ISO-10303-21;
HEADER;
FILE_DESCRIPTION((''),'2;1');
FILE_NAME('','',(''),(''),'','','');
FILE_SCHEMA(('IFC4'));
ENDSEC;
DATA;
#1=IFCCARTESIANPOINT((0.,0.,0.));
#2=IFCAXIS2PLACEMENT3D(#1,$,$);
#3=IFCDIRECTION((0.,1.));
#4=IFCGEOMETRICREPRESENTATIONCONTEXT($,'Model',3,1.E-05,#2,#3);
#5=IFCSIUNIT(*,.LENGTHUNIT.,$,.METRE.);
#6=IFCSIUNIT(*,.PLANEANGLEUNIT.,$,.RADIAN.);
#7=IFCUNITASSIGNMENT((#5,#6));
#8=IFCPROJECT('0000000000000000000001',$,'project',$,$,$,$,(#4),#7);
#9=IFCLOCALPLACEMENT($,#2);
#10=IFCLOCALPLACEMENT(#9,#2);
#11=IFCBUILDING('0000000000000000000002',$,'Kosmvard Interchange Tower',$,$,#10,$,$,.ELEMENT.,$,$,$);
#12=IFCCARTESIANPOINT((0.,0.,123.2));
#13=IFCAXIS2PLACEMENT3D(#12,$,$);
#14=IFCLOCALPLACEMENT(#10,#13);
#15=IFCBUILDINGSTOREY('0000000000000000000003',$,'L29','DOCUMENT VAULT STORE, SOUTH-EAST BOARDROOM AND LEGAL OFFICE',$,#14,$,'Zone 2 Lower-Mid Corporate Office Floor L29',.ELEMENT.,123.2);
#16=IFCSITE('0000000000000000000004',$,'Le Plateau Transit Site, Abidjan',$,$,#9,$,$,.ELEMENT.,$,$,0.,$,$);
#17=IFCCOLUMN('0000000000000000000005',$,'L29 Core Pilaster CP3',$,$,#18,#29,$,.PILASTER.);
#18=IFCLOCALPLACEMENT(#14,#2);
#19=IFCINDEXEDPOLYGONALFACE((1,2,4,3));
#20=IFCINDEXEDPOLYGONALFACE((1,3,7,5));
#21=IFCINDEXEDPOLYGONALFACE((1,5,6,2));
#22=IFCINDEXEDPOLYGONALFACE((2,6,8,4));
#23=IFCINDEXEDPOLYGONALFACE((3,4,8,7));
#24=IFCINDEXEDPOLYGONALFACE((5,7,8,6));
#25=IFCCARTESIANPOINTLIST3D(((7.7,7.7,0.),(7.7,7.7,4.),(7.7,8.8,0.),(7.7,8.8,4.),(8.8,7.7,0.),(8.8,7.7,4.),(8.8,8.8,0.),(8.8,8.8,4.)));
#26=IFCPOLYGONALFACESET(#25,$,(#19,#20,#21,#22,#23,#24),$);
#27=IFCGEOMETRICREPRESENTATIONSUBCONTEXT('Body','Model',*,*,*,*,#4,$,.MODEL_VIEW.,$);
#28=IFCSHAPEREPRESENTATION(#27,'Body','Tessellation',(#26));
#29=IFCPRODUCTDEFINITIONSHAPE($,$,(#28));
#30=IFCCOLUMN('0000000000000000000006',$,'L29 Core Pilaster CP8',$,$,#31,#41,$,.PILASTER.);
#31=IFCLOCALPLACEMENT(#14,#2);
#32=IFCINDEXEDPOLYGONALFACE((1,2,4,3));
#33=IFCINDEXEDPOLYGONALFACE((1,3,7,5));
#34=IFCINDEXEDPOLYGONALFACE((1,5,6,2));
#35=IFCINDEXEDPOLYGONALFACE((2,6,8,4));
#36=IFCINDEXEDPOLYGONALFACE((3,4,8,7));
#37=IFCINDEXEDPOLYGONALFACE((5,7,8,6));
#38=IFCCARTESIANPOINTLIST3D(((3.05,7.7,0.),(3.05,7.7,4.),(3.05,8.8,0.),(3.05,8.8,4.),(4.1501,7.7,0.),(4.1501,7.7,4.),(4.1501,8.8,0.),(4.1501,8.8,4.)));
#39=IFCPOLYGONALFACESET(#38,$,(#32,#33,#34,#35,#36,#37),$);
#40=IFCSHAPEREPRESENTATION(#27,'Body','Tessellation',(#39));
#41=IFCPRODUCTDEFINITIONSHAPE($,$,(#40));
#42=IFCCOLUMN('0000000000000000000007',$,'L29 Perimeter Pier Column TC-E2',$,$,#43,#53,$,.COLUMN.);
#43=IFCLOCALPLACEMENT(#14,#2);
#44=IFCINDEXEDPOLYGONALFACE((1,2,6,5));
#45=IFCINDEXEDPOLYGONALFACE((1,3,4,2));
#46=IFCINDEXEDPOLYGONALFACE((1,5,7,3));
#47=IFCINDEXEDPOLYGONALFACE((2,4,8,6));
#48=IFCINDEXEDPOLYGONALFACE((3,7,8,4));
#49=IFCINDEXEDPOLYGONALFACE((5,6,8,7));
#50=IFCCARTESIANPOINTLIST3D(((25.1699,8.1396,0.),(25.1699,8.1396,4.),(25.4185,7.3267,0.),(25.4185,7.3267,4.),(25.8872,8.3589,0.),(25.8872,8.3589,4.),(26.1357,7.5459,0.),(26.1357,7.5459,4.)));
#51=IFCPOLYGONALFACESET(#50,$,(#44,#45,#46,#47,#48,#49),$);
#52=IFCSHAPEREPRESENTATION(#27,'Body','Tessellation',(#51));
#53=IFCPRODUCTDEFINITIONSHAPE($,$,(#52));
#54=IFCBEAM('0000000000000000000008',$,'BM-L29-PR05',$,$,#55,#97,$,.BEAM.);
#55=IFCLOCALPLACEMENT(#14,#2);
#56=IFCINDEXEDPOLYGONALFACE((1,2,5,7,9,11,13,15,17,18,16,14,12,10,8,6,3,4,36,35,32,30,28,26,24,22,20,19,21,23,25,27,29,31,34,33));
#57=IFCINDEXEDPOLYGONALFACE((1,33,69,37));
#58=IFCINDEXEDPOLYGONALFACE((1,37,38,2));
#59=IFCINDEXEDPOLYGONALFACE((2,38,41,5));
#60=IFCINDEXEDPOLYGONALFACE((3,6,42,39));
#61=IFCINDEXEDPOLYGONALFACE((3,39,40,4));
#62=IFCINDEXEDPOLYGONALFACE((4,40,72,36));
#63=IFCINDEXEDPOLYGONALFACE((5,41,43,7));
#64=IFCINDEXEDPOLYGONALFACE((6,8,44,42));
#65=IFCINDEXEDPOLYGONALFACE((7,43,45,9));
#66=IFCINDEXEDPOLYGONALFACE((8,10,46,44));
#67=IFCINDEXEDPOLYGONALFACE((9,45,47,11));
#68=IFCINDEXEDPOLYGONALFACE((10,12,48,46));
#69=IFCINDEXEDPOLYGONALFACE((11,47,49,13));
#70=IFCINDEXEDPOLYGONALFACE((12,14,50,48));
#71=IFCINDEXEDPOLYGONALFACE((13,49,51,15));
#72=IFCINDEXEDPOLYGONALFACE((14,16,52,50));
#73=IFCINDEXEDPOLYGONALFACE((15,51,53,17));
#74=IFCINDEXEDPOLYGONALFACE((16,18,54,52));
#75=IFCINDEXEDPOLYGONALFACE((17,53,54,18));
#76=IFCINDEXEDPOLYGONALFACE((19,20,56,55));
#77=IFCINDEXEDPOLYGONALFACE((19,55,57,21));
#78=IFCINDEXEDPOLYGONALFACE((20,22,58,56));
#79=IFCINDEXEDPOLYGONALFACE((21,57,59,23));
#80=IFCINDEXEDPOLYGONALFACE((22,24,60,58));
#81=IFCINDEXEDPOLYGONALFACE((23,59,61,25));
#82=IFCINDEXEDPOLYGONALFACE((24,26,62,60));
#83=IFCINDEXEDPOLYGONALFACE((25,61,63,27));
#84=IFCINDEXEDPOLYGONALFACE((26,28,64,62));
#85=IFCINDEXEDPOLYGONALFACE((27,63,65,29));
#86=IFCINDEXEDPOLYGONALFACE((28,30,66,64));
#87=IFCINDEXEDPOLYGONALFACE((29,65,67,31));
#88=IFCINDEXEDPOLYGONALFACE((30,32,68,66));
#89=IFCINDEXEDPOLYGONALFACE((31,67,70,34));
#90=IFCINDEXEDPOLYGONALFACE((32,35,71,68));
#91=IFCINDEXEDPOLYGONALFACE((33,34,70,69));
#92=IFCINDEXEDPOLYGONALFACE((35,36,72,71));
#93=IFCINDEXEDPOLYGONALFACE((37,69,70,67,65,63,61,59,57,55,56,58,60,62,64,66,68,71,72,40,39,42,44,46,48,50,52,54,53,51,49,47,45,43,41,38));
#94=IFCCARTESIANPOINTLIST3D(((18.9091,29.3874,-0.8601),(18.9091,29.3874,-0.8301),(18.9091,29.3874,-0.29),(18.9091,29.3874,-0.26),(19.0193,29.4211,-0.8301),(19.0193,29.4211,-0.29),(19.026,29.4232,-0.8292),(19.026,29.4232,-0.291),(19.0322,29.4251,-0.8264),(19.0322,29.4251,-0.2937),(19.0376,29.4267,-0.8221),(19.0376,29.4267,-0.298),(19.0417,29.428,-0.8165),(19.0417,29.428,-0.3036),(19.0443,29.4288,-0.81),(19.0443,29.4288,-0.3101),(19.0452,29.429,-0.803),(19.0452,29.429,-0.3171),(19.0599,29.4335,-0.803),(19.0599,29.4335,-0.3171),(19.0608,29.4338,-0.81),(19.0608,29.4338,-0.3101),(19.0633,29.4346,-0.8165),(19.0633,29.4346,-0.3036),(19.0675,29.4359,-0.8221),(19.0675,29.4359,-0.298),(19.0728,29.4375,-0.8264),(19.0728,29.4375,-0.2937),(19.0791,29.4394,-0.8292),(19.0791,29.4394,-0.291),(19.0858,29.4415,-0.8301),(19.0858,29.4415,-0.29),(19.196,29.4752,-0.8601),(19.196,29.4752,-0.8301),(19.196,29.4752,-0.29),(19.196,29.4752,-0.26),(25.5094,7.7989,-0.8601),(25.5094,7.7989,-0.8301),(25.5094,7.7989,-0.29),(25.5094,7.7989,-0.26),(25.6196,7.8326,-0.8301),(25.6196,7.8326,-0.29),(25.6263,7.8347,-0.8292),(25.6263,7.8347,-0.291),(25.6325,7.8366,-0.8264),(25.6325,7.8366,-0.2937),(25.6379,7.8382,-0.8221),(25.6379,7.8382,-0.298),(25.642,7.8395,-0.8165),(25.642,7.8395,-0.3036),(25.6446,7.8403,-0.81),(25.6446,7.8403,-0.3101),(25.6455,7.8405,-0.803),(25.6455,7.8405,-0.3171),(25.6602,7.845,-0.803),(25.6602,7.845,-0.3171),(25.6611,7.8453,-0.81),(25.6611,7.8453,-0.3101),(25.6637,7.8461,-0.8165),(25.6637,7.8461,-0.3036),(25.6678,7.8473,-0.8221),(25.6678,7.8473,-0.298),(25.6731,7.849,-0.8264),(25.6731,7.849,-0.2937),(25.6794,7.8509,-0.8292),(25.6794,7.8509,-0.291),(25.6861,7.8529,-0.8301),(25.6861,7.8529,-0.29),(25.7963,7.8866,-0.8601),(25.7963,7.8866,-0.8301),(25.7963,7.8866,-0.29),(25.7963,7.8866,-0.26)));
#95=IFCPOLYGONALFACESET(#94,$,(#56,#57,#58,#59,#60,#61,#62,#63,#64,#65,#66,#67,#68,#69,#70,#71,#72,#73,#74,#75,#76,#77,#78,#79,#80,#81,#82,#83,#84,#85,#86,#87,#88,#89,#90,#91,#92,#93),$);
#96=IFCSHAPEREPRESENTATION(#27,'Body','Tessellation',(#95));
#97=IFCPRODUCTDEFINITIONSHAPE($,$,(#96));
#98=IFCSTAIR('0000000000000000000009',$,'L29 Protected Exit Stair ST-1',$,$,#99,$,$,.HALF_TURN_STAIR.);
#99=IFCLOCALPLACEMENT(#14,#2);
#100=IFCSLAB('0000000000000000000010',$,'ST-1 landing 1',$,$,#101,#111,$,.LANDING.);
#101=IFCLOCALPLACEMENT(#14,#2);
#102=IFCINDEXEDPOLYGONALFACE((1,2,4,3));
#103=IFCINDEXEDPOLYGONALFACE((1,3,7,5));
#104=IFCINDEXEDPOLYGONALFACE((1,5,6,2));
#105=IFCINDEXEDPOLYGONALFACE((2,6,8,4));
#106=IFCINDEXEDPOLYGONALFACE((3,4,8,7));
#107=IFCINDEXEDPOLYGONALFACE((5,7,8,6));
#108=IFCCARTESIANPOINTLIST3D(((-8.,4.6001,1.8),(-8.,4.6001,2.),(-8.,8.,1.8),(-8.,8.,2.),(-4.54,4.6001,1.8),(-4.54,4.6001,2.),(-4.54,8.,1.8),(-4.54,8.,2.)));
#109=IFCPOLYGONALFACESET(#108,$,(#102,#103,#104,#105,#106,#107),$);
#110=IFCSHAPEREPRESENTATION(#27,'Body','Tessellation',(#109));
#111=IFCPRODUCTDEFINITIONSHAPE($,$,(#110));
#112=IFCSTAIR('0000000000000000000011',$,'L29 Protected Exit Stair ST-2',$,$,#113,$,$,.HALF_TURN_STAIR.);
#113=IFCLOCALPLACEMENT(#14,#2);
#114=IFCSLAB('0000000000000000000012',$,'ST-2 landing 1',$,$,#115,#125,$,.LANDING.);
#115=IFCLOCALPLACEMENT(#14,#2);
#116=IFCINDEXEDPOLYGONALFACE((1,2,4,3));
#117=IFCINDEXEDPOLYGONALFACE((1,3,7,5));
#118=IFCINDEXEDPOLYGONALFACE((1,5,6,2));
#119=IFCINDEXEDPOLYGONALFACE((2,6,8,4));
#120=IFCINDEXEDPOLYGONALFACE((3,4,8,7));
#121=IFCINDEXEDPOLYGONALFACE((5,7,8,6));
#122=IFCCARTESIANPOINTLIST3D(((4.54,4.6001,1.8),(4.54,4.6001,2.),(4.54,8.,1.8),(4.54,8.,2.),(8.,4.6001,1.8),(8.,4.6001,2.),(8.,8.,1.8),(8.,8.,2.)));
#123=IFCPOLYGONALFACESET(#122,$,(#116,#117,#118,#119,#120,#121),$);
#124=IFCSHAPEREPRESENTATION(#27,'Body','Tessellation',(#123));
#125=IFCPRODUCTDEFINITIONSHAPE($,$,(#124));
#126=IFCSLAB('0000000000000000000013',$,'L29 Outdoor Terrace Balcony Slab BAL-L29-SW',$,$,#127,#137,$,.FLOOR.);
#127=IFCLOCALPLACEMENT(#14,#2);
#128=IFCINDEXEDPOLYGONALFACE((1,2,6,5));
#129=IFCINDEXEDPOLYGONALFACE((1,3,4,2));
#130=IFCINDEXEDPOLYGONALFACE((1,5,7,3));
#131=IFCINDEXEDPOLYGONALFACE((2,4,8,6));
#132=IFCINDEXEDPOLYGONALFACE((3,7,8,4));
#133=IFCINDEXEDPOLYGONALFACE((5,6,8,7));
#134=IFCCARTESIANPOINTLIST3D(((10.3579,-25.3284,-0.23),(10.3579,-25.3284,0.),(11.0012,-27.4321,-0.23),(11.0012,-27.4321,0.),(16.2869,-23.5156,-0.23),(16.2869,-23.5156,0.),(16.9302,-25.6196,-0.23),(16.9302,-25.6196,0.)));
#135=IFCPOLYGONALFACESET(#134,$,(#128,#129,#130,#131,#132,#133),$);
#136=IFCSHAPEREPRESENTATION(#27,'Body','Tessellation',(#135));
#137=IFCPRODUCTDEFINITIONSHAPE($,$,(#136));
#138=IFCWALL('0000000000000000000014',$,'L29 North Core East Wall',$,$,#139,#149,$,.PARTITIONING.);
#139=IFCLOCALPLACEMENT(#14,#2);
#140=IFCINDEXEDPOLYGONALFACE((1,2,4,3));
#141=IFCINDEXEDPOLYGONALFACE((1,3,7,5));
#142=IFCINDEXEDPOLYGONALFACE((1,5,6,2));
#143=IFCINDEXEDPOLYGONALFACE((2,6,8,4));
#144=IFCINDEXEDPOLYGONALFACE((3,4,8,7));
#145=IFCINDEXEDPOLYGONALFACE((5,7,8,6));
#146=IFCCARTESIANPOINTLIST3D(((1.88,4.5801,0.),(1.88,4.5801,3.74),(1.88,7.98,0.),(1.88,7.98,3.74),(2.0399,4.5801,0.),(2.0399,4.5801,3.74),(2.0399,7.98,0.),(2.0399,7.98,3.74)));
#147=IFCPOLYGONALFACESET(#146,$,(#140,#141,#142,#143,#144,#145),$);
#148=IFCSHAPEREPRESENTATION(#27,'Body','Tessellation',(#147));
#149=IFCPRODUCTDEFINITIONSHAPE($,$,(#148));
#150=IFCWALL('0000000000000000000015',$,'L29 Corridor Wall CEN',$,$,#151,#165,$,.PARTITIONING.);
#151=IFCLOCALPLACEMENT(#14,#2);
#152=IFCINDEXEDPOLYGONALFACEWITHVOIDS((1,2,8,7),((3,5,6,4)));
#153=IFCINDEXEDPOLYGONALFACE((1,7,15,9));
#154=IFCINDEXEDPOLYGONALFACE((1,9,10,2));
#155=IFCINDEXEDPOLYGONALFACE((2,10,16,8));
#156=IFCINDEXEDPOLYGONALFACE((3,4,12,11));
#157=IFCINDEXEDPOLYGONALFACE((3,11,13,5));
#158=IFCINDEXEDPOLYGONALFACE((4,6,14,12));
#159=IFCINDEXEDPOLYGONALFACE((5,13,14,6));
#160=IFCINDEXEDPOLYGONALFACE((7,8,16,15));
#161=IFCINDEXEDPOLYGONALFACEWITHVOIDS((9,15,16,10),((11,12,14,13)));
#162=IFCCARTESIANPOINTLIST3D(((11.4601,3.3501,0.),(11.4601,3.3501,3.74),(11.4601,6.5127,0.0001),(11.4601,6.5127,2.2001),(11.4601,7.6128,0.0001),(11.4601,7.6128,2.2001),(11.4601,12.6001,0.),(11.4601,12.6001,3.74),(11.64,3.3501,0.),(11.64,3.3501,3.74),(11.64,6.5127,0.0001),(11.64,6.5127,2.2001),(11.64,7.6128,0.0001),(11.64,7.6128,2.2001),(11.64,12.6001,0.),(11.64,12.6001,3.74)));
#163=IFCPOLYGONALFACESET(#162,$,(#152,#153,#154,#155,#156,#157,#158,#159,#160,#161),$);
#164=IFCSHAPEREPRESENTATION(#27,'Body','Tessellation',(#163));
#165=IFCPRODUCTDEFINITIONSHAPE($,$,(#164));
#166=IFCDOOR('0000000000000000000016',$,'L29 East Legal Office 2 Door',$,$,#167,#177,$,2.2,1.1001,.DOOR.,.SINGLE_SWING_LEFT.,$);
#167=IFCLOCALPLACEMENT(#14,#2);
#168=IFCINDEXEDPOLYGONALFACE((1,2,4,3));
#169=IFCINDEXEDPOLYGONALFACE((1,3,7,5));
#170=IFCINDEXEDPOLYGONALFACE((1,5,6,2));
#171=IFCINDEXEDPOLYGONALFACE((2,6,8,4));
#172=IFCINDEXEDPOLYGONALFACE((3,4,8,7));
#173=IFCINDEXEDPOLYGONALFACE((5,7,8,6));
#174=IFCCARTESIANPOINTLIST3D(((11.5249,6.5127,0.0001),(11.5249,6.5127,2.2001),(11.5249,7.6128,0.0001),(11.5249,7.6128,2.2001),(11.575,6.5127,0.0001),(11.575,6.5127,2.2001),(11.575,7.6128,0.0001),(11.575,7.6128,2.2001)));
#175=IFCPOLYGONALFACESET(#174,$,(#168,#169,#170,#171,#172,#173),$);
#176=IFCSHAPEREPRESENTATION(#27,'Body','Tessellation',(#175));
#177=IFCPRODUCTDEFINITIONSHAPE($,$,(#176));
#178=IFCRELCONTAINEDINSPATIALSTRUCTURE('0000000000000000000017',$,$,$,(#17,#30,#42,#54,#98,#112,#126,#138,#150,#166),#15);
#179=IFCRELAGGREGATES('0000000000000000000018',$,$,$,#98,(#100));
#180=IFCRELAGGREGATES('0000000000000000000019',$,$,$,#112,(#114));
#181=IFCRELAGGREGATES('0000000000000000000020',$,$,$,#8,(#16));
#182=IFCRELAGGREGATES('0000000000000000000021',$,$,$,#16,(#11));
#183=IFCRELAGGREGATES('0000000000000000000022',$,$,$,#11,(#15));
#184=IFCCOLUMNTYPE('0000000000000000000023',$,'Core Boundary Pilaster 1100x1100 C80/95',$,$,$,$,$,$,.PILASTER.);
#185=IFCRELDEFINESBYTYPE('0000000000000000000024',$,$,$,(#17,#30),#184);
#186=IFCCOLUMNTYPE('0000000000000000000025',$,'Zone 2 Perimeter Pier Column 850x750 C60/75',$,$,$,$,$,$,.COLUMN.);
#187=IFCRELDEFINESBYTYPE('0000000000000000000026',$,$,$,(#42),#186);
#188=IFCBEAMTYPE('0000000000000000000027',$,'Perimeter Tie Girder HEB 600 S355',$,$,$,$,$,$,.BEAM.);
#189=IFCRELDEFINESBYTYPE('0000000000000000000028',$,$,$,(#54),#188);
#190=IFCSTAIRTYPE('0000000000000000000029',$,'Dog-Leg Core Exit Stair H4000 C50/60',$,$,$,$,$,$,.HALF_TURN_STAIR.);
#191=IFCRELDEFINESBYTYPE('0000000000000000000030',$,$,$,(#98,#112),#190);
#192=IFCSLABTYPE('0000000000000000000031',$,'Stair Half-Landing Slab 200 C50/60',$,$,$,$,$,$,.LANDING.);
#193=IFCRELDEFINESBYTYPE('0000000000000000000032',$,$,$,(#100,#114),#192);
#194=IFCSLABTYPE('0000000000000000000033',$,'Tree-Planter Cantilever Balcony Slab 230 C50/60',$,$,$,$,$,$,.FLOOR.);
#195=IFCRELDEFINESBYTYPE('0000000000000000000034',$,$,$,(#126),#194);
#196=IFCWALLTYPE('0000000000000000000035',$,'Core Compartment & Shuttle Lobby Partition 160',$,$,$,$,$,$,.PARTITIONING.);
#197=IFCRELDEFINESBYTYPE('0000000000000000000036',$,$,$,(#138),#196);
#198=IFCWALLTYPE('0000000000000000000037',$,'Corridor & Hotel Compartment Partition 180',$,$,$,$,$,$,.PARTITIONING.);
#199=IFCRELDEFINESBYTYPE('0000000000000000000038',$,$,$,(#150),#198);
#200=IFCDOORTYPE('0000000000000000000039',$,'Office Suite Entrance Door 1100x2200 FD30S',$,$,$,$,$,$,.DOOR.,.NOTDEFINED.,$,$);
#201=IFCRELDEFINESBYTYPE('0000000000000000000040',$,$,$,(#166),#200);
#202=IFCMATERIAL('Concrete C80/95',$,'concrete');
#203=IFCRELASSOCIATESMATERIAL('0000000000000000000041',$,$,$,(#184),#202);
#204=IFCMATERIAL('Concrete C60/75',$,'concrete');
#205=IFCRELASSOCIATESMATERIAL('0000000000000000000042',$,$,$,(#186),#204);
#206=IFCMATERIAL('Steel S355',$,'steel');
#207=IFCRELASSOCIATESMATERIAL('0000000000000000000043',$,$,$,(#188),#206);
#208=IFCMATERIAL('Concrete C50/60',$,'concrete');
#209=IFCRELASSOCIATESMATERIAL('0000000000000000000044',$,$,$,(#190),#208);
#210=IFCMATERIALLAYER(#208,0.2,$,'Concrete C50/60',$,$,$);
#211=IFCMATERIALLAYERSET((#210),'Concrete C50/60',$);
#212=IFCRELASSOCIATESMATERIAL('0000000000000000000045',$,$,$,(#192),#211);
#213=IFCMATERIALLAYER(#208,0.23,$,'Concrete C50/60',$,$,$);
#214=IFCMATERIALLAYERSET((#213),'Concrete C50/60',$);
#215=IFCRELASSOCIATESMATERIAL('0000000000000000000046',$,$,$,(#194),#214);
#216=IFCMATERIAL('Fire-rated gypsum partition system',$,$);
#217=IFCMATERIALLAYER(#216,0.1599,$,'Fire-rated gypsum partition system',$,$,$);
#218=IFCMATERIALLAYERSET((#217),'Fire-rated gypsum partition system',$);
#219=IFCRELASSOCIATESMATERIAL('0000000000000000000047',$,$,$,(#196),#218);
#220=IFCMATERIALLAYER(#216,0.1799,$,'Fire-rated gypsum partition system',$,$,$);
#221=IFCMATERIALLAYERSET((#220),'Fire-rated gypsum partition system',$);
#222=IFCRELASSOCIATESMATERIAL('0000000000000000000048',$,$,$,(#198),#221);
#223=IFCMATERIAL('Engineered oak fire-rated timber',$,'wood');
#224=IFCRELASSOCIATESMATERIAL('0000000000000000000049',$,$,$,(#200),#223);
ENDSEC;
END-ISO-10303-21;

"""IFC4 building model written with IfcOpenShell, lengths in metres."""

from ifc_helpers import new_model, si_unit, direction, frame, frame_2d, origin, origin_2d, place, context, subcontext, project, spatial, polyline, rectangle, i_section, outline, extrude, source, transform, mapped, material, layer, layer_set, material_profile, profile_set, type_object, element, fill, aggregate, save


model = new_model("IFC4")

# Units and contexts
model_context = context("Model", 3, precision=1e-05, world=origin(), true_north=direction((0.0, 1.0)))
body_context = subcontext(model_context, "Body", "Model", "MODEL_VIEW")
ifc_project = project(units=[si_unit("LENGTHUNIT", "METRE"), si_unit("PLANEANGLEUNIT", "RADIAN")], contexts=[model_context])

# Site, building, storey
site_placement = place(None, origin())
site = spatial("IfcSite", under=ifc_project, at=site_placement, Name="Le Plateau Transit Site, Abidjan", CompositionType="ELEMENT", RefElevation=0.0)
building_placement = place(site_placement, origin())
building = spatial("IfcBuilding", under=site, at=building_placement, Name="Kosmvard Interchange Tower", CompositionType="ELEMENT")
storey_placement = place(building_placement, frame((0.0, 0.0, 123.2)))
storey = spatial("IfcBuildingStorey", under=building, at=storey_placement, Name="L29", Description="DOCUMENT VAULT STORE, SOUTH-EAST BOARDROOM AND LEGAL OFFICE", LongName="Zone 2 Lower-Mid Corporate Office Floor L29", CompositionType="ELEMENT", Elevation=123.2)

# Columns
ifc_material_1 = material(Name="Concrete C80/95", Category="concrete")
ifc_material_profile_1 = material_profile(ifc_material_1, rectangle(XDim=1.1001, YDim=1.1001, at=origin_2d()), Name="CP 1100x1100")
ifc_profile_set_1 = profile_set([ifc_material_profile_1], Name="Concrete C80/95")
column_type_1 = type_object("IfcColumnType", Name="Core Boundary Pilaster 1100x1100 C80/95", PredefinedType="PILASTER", material=ifc_profile_set_1)
shared_shape_1 = source(origin(), body_context, "Body", "SweptSolid", [
    extrude(rectangle(XDim=1.1001, YDim=1.1001, at=origin_2d()), origin(), (0.0, 0.0, 1.0), 4.0),
])
for number, where, z_axis, x_axis, name in (
    (1, (8.25, 8.25, 0.0), (0.0, 0.0, 1.0), (1.0, 0.0, 0.0), "L29 Core Pilaster CP3"),
    (2, (3.6001, 8.25, 0.0), (0.0, 0.0, 1.0), (1.0, 0.0, 0.0), "L29 Core Pilaster CP8"),
):
    element("IfcColumn", number, at=place(storey_placement, frame(where, z_axis=z_axis, x_axis=x_axis)), inside=storey, type_object=column_type_1, Name=name, PredefinedType="PILASTER", context=body_context, shape_type="MappedRepresentation", body=[
        mapped(shared_shape_1, transform((0.0, 0.0, 0.0), scale=1.0)),
    ])
ifc_material_2 = material(Name="Concrete C60/75", Category="concrete")
ifc_material_profile_2 = material_profile(ifc_material_2, rectangle(XDim=0.75, YDim=0.8501, at=origin_2d()), Name="TC 850x750")
ifc_profile_set_2 = profile_set([ifc_material_profile_2], Name="Concrete C60/75")
column_type_2 = type_object("IfcColumnType", Name="Zone 2 Perimeter Pier Column 850x750 C60/75", PredefinedType="COLUMN", material=ifc_profile_set_2)
shared_shape_2 = source(origin(), body_context, "Body", "SweptSolid", [
    extrude(rectangle(XDim=0.75, YDim=0.8501, at=origin_2d()), origin(), (0.0, 0.0, 1.0), 4.0),
])
column_placement = place(storey_placement, frame((25.6528, 7.8428, 0.0), z_axis=(0.0, 0.0, 1.0), x_axis=(0.956305, 0.292372, 0.0)))
element("IfcColumn", 3, at=column_placement, inside=storey, type_object=column_type_2, Name="L29 Perimeter Pier Column TC-E2", PredefinedType="COLUMN", context=body_context, shape_type="MappedRepresentation", body=[
    mapped(shared_shape_2, transform((0.0, 0.0, 0.0), scale=1.0)),
])

# Beam
ifc_material_3 = material(Name="Steel S355", Category="steel")
ifc_material_profile_3 = material_profile(ifc_material_3, i_section(OverallWidth=0.3, OverallDepth=0.6001, WebThickness=0.0154, FlangeThickness=0.03, FilletRadius=0.0271, at=origin_2d()), Name="HEB 600")
ifc_profile_set_3 = profile_set([ifc_material_profile_3], Name="Steel S355")
beam_type = type_object("IfcBeamType", Name="Perimeter Tie Girder HEB 600 S355", PredefinedType="BEAM", material=ifc_profile_set_3)
shared_shape_3 = source(origin(), body_context, "Body", "SweptSolid", [
    extrude(i_section(OverallWidth=0.3, OverallDepth=0.6001, WebThickness=0.0154, FlangeThickness=0.03, FilletRadius=0.0271, at=origin_2d()), origin(), (0.0, 0.0, 1.0), 22.575),
])
beam_placement = place(storey_placement, frame((25.6528, 7.8428, -0.5601), z_axis=(-0.292373, 0.956304, 0.0), x_axis=(-0.956304, -0.292373, 0.0)))
element("IfcBeam", 4, at=beam_placement, inside=storey, type_object=beam_type, Name="BM-L29-PR05", PredefinedType="BEAM", context=body_context, shape_type="MappedRepresentation", body=[
    mapped(shared_shape_3, transform((0.0, 0.0, 0.0), scale=1.0)),
])

# Stairs, slabs
ifc_material_4 = material(Name="Concrete C50/60", Category="concrete")
stair_type = type_object("IfcStairType", Name="Dog-Leg Core Exit Stair H4000 C50/60", PredefinedType="HALF_TURN_STAIR", material=ifc_material_4)
stair_1_placement = place(storey_placement, origin())
stair_1 = element("IfcStair", 5, at=stair_1_placement, inside=storey, type_object=stair_type, Name="L29 Protected Exit Stair ST-1", PredefinedType="HALF_TURN_STAIR")
ifc_layer_1 = layer(ifc_material_4, 0.2, Name="Concrete C50/60")
ifc_layer_set_1 = layer_set([ifc_layer_1], Name="Concrete C50/60")
slab_type_1 = type_object("IfcSlabType", Name="Stair Half-Landing Slab 200 C50/60", PredefinedType="LANDING", material=ifc_layer_set_1)
slab_1_placement = place(storey_placement, frame((0.0, 0.0, 1.8)))
slab_1 = element("IfcSlab", 6, at=slab_1_placement, type_object=slab_type_1, Name="ST-1 landing 1", PredefinedType="LANDING", context=body_context, shape_type="SweptSolid", body=[
    extrude(outline(polyline([(-4.54, 4.6001), (-4.54, 8.0), (-8.0, 8.0), (-8.0, 4.6001), (-4.54, 4.6001)])), origin(), (0.0, 0.0, 1.0), 0.2),
])
aggregate(stair_1, [slab_1])
stair_2_placement = place(storey_placement, origin())
stair_2 = element("IfcStair", 7, at=stair_2_placement, inside=storey, type_object=stair_type, Name="L29 Protected Exit Stair ST-2", PredefinedType="HALF_TURN_STAIR")
slab_2_placement = place(storey_placement, frame((0.0, 0.0, 1.8)))
slab_2 = element("IfcSlab", 8, at=slab_2_placement, type_object=slab_type_1, Name="ST-2 landing 1", PredefinedType="LANDING", context=body_context, shape_type="SweptSolid", body=[
    extrude(outline(polyline([(8.0, 4.6001), (8.0, 8.0), (4.54, 8.0), (4.54, 4.6001), (8.0, 4.6001)])), origin(), (0.0, 0.0, 1.0), 0.2),
])

# Slab
ifc_layer_2 = layer(ifc_material_4, 0.23, Name="Concrete C50/60")
ifc_layer_set_2 = layer_set([ifc_layer_2], Name="Concrete C50/60")
slab_type_2 = type_object("IfcSlabType", Name="Tree-Planter Cantilever Balcony Slab 230 C50/60", PredefinedType="FLOOR", material=ifc_layer_set_2)
slab_3_placement = place(storey_placement, frame((0.0, 0.0, -0.23)))
element("IfcSlab", 9, at=slab_3_placement, inside=storey, type_object=slab_type_2, Name="L29 Outdoor Terrace Balcony Slab BAL-L29-SW", PredefinedType="FLOOR", context=body_context, shape_type="SweptSolid", body=[
    extrude(outline(polyline([(11.0012, -27.4321), (16.9302, -25.6196), (16.2869, -23.5156), (10.3579, -25.3284), (11.0012, -27.4321)])), origin(), (0.0, 0.0, 1.0), 0.23),
])

# Wall
ifc_material_5 = material(Name="Fire-rated gypsum partition system")
ifc_layer_3 = layer(ifc_material_5, 0.1599, Name="Fire-rated gypsum partition system")
ifc_layer_set_3 = layer_set([ifc_layer_3], Name="Fire-rated gypsum partition system")
wall_type_1 = type_object("IfcWallType", Name="Core Compartment & Shuttle Lobby Partition 160", PredefinedType="PARTITIONING", material=ifc_layer_set_3)
wall_1_placement = place(storey_placement, frame((1.96, 4.5801, 0.0), z_axis=(0.0, 0.0, 1.0), x_axis=(0.0, 1.0, 0.0)))
element("IfcWall", 10, at=wall_1_placement, inside=storey, type_object=wall_type_1, Name="L29 North Core East Wall", PredefinedType="PARTITIONING", context=body_context, shape_type="SweptSolid", body=[
    extrude(rectangle(XDim=3.3999, YDim=0.1599, at=frame_2d((1.7, 0.0))), origin(), (0.0, 0.0, 1.0), 3.74),
])

# Wall, opening, door
ifc_layer_4 = layer(ifc_material_5, 0.1799, Name="Fire-rated gypsum partition system")
ifc_layer_set_4 = layer_set([ifc_layer_4], Name="Fire-rated gypsum partition system")
wall_type_2 = type_object("IfcWallType", Name="Corridor & Hotel Compartment Partition 180", PredefinedType="PARTITIONING", material=ifc_layer_set_4)
wall_2_placement = place(storey_placement, frame((11.55, 3.3501, 0.0), z_axis=(0.0, 0.0, 1.0), x_axis=(0.0, 1.0, 0.0)))
wall_2 = element("IfcWall", 11, at=wall_2_placement, inside=storey, type_object=wall_type_2, Name="L29 Corridor Wall CEN", PredefinedType="PARTITIONING", context=body_context, shape_type="SweptSolid", body=[
    extrude(rectangle(XDim=9.25, YDim=0.1799, at=frame_2d((4.625, 0.0))), origin(), (0.0, 0.0, 1.0), 3.74),
])
opening_1_placement = place(wall_2_placement, frame((3.1626, 0.0, 0.0)))
opening_1 = element("IfcOpeningElement", 12, at=opening_1_placement, cuts=wall_2, PredefinedType="OPENING", context=body_context, shape_type="SweptSolid", body=[
    extrude(rectangle(XDim=1.1001, YDim=2.2, at=frame_2d((0.55, 1.1001))), frame((0.0, 0.1001, 0.0), z_axis=(0.0, -1.0, 0.0), x_axis=(1.0, 0.0, 0.0)), (0.0, 0.0, 1.0), 0.2),
])
ifc_material_6 = material(Name="Engineered oak fire-rated timber", Category="wood")
door_type_1 = type_object("IfcDoorType", Name="Office Suite Entrance Door 1100x2200 FD30S", OperationType="NOTDEFINED", PredefinedType="DOOR", material=ifc_material_6)
shared_shape_4 = source(origin(), body_context, "Body", "SweptSolid", [
    extrude(rectangle(XDim=1.1001, YDim=2.2, at=frame_2d((0.55, 1.1001))), frame((0.0, 0.0249, 0.0), z_axis=(0.0, -1.0, 0.0), x_axis=(1.0, 0.0, 0.0)), (0.0, 0.0, 1.0), 0.05),
])
door_1_placement = place(opening_1_placement, frame((1.1001, 0.0, 0.0), z_axis=(0.0, 0.0, 1.0), x_axis=(-1.0, 0.0, 0.0)))
door_1 = element("IfcDoor", 13, at=door_1_placement, inside=storey, type_object=door_type_1, Name="L29 East Legal Office 2 Door", OperationType="SINGLE_SWING_LEFT", OverallHeight=2.2, OverallWidth=1.1001, PredefinedType="DOOR", context=body_context, shape_type="MappedRepresentation", body=[
    mapped(shared_shape_4, transform((0.0, 0.0, 0.0), scale=1.0)),
])
fill(opening_1, door_1)

aggregate(stair_2, [slab_2])

save(model, "model.ifc")
